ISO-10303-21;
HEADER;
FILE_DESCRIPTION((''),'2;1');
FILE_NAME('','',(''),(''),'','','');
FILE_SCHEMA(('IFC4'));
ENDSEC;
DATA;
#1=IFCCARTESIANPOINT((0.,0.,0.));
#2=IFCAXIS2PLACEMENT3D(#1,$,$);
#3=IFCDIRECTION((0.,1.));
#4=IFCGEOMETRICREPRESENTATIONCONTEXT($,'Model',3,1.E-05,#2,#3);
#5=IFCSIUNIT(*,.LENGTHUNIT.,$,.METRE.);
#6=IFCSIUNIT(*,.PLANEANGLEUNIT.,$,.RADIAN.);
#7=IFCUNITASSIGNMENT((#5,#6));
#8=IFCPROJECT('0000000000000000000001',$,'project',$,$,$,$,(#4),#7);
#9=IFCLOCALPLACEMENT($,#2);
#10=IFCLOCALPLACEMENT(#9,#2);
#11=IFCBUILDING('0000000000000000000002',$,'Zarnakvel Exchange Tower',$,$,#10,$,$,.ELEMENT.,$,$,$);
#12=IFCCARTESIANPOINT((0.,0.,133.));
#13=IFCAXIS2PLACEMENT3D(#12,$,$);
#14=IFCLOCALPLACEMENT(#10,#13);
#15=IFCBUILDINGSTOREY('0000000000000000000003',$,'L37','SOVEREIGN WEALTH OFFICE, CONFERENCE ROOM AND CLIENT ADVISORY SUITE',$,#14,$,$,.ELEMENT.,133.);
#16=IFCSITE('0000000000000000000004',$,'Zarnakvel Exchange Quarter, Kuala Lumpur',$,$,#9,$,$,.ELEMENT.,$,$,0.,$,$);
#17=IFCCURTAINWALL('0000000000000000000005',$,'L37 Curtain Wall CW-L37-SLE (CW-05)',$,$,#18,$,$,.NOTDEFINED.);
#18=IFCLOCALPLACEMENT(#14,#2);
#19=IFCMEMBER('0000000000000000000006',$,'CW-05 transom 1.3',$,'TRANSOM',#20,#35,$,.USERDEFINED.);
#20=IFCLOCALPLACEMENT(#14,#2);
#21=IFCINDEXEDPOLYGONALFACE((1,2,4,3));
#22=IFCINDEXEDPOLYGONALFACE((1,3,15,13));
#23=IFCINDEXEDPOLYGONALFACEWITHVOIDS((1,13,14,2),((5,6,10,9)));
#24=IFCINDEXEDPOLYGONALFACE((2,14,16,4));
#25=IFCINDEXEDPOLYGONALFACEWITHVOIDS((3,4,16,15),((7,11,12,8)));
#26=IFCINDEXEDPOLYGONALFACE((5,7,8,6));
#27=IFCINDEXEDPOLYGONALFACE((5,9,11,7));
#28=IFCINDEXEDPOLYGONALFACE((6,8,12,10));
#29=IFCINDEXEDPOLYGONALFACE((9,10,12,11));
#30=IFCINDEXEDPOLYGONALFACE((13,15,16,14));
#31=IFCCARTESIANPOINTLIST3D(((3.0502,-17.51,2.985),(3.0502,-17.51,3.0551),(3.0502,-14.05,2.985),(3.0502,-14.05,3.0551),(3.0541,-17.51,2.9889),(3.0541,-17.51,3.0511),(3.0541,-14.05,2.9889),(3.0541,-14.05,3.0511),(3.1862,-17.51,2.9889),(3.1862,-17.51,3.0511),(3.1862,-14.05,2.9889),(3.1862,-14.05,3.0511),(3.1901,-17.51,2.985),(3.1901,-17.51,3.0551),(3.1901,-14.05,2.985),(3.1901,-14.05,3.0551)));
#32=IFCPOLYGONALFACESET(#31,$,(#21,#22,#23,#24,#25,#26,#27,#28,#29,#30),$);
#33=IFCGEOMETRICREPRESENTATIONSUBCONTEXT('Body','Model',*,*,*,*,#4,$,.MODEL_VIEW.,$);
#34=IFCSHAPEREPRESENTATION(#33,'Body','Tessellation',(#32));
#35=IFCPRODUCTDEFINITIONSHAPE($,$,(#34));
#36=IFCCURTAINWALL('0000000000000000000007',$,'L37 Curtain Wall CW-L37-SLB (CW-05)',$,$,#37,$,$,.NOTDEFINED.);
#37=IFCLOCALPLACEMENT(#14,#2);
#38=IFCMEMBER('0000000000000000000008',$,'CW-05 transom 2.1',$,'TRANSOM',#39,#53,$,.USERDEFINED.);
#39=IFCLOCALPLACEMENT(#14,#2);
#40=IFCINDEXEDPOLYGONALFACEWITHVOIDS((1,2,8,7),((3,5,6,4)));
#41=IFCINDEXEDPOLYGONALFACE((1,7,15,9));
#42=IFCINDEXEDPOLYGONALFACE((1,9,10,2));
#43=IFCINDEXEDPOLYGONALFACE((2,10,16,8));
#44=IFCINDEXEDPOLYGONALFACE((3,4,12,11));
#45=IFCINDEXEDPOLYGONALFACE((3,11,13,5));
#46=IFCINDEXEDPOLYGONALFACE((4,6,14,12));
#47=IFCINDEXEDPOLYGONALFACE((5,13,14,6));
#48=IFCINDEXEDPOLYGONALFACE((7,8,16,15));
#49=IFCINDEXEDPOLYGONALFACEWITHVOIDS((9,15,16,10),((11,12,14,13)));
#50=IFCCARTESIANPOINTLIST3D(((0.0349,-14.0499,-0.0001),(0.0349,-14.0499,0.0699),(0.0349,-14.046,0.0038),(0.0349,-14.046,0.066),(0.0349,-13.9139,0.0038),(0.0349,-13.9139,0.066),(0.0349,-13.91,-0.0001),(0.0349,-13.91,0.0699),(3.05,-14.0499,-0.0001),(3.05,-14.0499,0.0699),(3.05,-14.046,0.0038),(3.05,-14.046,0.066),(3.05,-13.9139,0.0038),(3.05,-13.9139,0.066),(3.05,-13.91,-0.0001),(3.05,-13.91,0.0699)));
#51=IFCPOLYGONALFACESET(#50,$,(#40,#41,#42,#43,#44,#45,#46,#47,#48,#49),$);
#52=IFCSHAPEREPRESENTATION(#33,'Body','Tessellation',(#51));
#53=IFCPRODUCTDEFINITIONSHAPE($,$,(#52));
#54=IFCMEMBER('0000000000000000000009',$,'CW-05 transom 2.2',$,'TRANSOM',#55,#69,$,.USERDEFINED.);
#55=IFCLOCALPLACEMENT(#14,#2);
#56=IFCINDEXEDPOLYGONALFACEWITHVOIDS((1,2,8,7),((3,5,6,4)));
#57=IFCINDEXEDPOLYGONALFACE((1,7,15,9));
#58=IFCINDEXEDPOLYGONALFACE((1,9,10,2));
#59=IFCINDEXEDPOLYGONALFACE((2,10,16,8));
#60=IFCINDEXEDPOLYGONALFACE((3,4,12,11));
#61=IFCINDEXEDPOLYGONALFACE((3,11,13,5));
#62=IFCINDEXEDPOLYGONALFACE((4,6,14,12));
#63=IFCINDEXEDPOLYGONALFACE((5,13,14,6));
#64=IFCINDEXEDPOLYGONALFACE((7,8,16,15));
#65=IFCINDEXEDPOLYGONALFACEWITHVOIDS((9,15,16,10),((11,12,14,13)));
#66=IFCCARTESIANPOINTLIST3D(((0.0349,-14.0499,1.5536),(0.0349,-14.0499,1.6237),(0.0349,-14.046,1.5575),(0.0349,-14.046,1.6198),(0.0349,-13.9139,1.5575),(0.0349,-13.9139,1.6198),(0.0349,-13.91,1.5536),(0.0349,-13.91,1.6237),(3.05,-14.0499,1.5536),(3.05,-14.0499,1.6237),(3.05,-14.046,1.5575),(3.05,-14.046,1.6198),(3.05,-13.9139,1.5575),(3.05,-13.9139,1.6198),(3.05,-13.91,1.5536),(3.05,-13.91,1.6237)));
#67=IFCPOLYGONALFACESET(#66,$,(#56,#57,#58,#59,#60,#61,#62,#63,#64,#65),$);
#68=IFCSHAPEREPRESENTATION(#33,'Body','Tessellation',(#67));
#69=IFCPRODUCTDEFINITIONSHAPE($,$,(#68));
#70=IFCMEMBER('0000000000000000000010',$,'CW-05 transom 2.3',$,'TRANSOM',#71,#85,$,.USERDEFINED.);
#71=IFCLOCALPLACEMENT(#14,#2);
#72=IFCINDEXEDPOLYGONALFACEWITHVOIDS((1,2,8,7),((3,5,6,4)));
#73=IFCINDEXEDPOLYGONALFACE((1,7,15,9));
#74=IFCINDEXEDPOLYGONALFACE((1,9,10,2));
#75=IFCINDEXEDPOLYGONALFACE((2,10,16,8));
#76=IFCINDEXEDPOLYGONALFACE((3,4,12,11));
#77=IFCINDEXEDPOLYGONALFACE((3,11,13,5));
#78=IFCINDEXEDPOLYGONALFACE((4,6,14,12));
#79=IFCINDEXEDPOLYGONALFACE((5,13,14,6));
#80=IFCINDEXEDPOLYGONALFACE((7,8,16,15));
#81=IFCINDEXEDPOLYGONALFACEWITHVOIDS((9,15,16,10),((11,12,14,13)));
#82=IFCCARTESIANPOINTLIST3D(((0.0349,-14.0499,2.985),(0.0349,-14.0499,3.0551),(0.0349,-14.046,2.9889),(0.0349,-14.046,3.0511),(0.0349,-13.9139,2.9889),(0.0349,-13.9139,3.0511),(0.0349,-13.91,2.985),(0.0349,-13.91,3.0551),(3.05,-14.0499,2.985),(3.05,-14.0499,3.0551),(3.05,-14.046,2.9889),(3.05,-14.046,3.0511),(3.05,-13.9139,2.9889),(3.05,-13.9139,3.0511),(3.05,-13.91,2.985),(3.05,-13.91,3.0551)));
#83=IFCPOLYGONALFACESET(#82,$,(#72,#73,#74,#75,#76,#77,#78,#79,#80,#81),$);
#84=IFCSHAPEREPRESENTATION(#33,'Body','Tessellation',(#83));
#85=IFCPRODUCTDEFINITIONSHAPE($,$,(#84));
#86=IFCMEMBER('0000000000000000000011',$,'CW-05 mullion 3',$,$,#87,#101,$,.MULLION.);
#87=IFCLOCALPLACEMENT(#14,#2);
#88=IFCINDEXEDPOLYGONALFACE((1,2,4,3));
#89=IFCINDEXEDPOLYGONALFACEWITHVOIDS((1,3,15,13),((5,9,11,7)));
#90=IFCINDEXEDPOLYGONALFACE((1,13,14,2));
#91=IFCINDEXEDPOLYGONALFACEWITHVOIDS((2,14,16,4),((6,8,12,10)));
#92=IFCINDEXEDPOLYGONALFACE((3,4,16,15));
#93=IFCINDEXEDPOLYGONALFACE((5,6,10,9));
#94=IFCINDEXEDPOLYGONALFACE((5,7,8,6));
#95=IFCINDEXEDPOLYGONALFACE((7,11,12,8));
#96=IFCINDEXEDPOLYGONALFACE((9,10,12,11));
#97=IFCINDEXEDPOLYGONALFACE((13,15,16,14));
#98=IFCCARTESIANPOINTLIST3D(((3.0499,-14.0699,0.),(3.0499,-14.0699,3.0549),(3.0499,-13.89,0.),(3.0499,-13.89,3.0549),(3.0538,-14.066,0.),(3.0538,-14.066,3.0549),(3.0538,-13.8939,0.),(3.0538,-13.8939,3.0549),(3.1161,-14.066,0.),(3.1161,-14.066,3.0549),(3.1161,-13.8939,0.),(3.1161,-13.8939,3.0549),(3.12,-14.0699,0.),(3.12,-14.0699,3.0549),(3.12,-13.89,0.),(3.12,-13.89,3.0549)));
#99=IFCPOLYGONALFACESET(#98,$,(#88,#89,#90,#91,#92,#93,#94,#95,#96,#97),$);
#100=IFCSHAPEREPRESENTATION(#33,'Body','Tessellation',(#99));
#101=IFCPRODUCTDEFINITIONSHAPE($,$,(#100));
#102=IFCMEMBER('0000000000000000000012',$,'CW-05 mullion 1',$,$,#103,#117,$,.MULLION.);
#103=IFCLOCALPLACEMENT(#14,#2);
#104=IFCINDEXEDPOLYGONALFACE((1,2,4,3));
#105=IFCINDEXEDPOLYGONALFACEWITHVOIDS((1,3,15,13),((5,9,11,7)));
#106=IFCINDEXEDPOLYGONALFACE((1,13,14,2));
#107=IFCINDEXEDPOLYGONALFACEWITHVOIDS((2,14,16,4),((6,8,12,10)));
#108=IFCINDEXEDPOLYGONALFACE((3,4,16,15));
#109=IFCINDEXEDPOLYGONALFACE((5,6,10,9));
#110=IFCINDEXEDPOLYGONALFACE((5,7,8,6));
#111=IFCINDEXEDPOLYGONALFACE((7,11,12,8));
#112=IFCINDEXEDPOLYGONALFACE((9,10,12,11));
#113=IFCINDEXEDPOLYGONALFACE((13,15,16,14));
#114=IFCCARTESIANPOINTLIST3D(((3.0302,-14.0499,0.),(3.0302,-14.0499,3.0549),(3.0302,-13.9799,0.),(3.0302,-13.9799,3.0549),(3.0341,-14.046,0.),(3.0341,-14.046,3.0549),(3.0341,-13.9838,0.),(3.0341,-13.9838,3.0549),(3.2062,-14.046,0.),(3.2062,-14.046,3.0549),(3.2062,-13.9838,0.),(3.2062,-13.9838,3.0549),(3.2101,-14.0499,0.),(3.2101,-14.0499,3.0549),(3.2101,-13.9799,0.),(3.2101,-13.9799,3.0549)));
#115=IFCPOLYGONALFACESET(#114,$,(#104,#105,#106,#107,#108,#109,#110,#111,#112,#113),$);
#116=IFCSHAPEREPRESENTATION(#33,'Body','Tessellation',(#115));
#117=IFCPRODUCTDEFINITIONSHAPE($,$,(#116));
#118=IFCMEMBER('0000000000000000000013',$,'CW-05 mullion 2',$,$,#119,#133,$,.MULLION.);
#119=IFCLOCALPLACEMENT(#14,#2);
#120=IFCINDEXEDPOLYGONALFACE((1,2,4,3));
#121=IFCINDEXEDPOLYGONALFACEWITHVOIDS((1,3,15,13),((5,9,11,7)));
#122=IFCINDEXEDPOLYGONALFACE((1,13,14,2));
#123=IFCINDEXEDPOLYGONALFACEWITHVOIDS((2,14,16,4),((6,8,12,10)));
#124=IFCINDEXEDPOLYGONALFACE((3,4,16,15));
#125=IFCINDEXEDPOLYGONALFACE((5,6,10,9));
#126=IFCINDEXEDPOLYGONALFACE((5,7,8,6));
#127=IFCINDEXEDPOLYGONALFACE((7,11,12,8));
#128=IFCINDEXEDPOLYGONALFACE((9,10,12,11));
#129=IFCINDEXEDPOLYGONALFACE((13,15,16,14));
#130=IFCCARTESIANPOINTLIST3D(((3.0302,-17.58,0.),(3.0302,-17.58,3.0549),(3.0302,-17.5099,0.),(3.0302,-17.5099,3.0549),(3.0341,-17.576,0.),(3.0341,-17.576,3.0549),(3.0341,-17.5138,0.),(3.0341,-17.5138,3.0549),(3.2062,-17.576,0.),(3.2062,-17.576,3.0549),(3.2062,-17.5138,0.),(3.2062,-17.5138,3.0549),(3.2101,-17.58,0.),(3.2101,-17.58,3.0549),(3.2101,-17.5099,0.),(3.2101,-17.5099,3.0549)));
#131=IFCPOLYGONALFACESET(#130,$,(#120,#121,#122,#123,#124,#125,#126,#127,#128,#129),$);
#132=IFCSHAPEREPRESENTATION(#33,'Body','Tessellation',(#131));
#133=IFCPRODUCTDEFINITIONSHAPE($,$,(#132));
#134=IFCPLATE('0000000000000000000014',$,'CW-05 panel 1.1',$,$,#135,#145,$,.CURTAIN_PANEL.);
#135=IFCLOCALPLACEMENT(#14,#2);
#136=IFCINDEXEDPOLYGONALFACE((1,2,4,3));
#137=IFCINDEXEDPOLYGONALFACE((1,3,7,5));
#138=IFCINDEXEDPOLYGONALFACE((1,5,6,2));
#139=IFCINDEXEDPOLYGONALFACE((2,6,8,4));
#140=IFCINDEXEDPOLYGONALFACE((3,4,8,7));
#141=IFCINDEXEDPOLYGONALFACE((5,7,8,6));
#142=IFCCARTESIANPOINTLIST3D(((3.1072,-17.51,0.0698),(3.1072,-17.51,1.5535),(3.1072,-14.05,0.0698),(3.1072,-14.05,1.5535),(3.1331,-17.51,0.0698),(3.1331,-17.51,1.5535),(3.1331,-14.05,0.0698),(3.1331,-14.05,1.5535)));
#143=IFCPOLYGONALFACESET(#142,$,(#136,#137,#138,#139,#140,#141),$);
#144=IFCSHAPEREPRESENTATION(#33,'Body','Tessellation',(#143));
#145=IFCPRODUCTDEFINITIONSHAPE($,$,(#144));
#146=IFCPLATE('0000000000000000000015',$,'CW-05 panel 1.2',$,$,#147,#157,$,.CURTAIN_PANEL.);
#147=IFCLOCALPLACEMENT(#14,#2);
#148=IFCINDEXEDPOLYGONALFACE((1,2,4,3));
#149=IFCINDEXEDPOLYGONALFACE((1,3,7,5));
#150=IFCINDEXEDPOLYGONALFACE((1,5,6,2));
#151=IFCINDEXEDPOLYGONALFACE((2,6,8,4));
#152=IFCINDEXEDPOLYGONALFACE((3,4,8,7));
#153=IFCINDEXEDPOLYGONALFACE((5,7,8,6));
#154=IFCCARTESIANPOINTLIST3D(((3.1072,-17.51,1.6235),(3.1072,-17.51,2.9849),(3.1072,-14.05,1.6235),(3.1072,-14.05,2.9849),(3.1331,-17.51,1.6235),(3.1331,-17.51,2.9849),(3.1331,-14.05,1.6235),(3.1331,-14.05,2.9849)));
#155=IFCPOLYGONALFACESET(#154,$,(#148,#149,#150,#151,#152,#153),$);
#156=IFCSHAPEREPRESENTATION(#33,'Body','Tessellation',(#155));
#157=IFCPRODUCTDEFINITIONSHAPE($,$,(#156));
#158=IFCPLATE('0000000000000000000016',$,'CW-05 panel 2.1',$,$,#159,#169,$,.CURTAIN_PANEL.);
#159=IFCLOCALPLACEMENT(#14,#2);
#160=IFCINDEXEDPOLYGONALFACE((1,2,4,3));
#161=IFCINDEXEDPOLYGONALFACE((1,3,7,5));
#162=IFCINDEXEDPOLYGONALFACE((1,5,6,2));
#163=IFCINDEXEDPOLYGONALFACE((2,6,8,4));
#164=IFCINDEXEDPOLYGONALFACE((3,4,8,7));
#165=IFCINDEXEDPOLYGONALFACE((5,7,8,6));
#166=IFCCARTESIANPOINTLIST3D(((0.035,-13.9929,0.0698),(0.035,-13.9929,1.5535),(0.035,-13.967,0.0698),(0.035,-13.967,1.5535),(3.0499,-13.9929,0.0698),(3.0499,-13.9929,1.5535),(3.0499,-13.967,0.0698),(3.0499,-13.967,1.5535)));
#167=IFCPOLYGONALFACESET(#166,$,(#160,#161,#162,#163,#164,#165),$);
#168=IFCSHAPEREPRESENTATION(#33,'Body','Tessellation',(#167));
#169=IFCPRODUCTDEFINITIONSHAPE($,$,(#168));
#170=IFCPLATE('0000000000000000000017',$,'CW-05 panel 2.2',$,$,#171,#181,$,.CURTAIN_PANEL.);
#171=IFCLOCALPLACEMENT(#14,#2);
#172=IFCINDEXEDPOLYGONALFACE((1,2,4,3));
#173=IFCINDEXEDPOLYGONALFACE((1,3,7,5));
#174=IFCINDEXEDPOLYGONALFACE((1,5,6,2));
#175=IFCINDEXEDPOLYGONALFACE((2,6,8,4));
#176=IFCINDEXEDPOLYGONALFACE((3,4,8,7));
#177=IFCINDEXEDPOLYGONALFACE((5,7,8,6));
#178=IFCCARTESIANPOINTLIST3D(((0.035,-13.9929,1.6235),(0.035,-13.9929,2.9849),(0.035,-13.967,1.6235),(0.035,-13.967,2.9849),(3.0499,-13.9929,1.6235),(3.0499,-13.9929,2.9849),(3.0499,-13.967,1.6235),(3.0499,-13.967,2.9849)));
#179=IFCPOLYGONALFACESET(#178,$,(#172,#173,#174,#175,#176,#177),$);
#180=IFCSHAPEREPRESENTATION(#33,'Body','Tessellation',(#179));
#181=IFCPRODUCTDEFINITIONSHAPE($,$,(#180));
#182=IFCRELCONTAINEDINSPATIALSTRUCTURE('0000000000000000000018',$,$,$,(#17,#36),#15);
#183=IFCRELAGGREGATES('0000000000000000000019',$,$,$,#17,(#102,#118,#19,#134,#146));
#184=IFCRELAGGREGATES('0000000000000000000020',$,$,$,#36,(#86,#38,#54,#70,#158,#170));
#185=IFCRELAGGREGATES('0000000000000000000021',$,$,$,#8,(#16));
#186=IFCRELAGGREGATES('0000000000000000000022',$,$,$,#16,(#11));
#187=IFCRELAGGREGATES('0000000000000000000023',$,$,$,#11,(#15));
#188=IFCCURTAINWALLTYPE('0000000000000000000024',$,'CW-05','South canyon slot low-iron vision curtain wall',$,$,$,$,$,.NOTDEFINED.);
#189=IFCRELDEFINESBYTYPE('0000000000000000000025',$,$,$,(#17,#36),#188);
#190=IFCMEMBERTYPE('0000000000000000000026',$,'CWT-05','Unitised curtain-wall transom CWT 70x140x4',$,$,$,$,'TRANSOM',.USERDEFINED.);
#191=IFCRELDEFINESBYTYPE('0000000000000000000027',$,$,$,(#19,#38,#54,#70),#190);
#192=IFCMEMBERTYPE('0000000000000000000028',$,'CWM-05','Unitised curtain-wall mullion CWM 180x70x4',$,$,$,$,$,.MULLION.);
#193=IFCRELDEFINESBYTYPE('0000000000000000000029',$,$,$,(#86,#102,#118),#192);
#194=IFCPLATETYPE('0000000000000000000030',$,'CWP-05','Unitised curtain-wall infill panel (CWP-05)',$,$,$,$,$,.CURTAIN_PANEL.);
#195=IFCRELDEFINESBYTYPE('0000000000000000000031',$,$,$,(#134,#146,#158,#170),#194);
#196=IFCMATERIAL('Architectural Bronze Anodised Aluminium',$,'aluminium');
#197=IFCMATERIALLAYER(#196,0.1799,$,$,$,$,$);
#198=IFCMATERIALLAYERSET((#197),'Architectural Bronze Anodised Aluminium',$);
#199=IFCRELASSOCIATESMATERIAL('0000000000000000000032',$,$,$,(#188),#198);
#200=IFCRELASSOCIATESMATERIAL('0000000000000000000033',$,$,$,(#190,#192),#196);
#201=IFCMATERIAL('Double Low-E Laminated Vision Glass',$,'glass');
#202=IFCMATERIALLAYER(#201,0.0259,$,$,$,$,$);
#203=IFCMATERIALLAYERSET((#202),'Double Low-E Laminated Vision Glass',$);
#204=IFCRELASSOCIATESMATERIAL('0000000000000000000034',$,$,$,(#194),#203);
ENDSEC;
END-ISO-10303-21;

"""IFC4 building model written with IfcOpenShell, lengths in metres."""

from ifc_helpers import new_model, si_unit, direction, frame, origin, origin_2d, place, context, subcontext, project, spatial, rectangle, hollow_rectangle, extrude, source, transform, mapped, material, layer, layer_set, material_profile, profile_set, type_object, element, aggregate, save


model = new_model("IFC4")

# Units and contexts
model_context = context("Model", 3, precision=1e-05, world=origin(), true_north=direction((0.0, 1.0)))
body_context = subcontext(model_context, "Body", "Model", "MODEL_VIEW")
ifc_project = project(units=[si_unit("LENGTHUNIT", "METRE"), si_unit("PLANEANGLEUNIT", "RADIAN")], contexts=[model_context])

# Site, building, storey
site_placement = place(None, origin())
site = spatial("IfcSite", under=ifc_project, at=site_placement, Name="Zarnakvel Exchange Quarter, Kuala Lumpur", CompositionType="ELEMENT", RefElevation=0.0)
building_placement = place(site_placement, origin())
building = spatial("IfcBuilding", under=site, at=building_placement, Name="Zarnakvel Exchange Tower", CompositionType="ELEMENT")
storey_placement = place(building_placement, frame((0.0, 0.0, 133.0)))
storey = spatial("IfcBuildingStorey", under=building, at=storey_placement, Name="L37", Description="SOVEREIGN WEALTH OFFICE, CONFERENCE ROOM AND CLIENT ADVISORY SUITE", CompositionType="ELEMENT", Elevation=133.0)

# Curtain walls, members
ifc_material_1 = material(Name="Architectural Bronze Anodised Aluminium", Category="aluminium")
ifc_layer_1 = layer(ifc_material_1, 0.1799)
ifc_layer_set_1 = layer_set([ifc_layer_1], Name="Architectural Bronze Anodised Aluminium")
curtain_wall_type = type_object("IfcCurtainWallType", Name="CW-05", Description="South canyon slot low-iron vision curtain wall", PredefinedType="NOTDEFINED", material=ifc_layer_set_1)
curtain_wall_1_placement = place(storey_placement, origin())
curtain_wall_1 = element("IfcCurtainWall", 1, at=curtain_wall_1_placement, inside=storey, type_object=curtain_wall_type, Name="L37 Curtain Wall CW-L37-SLE (CW-05)", PredefinedType="NOTDEFINED")
ifc_material_profile_1 = material_profile(ifc_material_1, hollow_rectangle(XDim=0.1399, YDim=0.0701, WallThickness=0.0039, at=origin_2d()))
ifc_profile_set_1 = profile_set([ifc_material_profile_1], Name="Architectural Bronze Anodised Aluminium")
member_type_1 = type_object("IfcMemberType", Name="CWT-05", Description="Unitised curtain-wall transom CWT 70x140x4", ElementType="TRANSOM", PredefinedType="USERDEFINED", material=ifc_profile_set_1)
shared_shape_1 = source(origin(), body_context, "Body", "SweptSolid", [
    extrude(hollow_rectangle(XDim=0.1399, YDim=0.0701, WallThickness=0.0039, at=origin_2d()), origin(), (0.0, 0.0, 1.0), 3.46),
])
member_1_placement = place(storey_placement, frame((3.1201, -14.05, 3.02), z_axis=(0.0, -1.0, 0.0), x_axis=(1.0, 0.0, 0.0)))
member_1 = element("IfcMember", 2, at=member_1_placement, type_object=member_type_1, Name="CW-05 transom 1.3", ObjectType="TRANSOM", PredefinedType="USERDEFINED", context=body_context, shape_type="MappedRepresentation", body=[
    mapped(shared_shape_1, transform((0.0, 0.0, 0.0), x_axis=(1.0, 0.0, 0.0), y_axis=(0.0, 1.0, 0.0), z_axis=(0.0, 0.0, 1.0), scale=1.0)),
])
curtain_wall_2_placement = place(storey_placement, origin())
curtain_wall_2 = element("IfcCurtainWall", 3, at=curtain_wall_2_placement, inside=storey, type_object=curtain_wall_type, Name="L37 Curtain Wall CW-L37-SLB (CW-05)", PredefinedType="NOTDEFINED")
shared_shape_2 = source(origin(), body_context, "Body", "SweptSolid", [
    extrude(hollow_rectangle(XDim=0.1399, YDim=0.0701, WallThickness=0.0039, at=origin_2d()), origin(), (0.0, 0.0, 1.0), 3.0151),
])
member_2_placement = place(storey_placement, frame((0.0349, -13.98, 0.0349), z_axis=(1.0, 0.0, 0.0), x_axis=(0.0, 1.0, 0.0)))
member_2 = element("IfcMember", 4, at=member_2_placement, type_object=member_type_1, Name="CW-05 transom 2.1", ObjectType="TRANSOM", PredefinedType="USERDEFINED", context=body_context, shape_type="MappedRepresentation", body=[
    mapped(shared_shape_2, transform((0.0, 0.0, 0.0), x_axis=(1.0, 0.0, 0.0), y_axis=(0.0, 1.0, 0.0), z_axis=(0.0, 0.0, 1.0), scale=1.0)),
])
member_3_placement = place(storey_placement, frame((0.0349, -13.98, 1.5886), z_axis=(1.0, 0.0, 0.0), x_axis=(0.0, 1.0, 0.0)))
member_3 = element("IfcMember", 5, at=member_3_placement, type_object=member_type_1, Name="CW-05 transom 2.2", ObjectType="TRANSOM", PredefinedType="USERDEFINED", context=body_context, shape_type="MappedRepresentation", body=[
    mapped(shared_shape_2, transform((0.0, 0.0, 0.0), x_axis=(1.0, 0.0, 0.0), y_axis=(0.0, 1.0, 0.0), z_axis=(0.0, 0.0, 1.0), scale=1.0)),
])
member_4_placement = place(storey_placement, frame((0.0349, -13.98, 3.02), z_axis=(1.0, 0.0, 0.0), x_axis=(0.0, 1.0, 0.0)))
member_4 = element("IfcMember", 6, at=member_4_placement, type_object=member_type_1, Name="CW-05 transom 2.3", ObjectType="TRANSOM", PredefinedType="USERDEFINED", context=body_context, shape_type="MappedRepresentation", body=[
    mapped(shared_shape_2, transform((0.0, 0.0, 0.0), x_axis=(1.0, 0.0, 0.0), y_axis=(0.0, 1.0, 0.0), z_axis=(0.0, 0.0, 1.0), scale=1.0)),
])
ifc_material_profile_2 = material_profile(ifc_material_1, hollow_rectangle(XDim=0.1799, YDim=0.0701, WallThickness=0.0039, at=origin_2d()))
ifc_profile_set_2 = profile_set([ifc_material_profile_2], Name="Architectural Bronze Anodised Aluminium")
member_type_2 = type_object("IfcMemberType", Name="CWM-05", Description="Unitised curtain-wall mullion CWM 180x70x4", PredefinedType="MULLION", material=ifc_profile_set_2)
shared_shape_3 = source(origin(), body_context, "Body", "SweptSolid", [
    extrude(hollow_rectangle(XDim=0.1799, YDim=0.0701, WallThickness=0.0039, at=origin_2d()), origin(), (0.0, 0.0, 1.0), 3.0549),
])
member_5_placement = place(storey_placement, frame((3.085, -13.98, 0.0), z_axis=(0.0, 0.0, 1.0), x_axis=(0.0, 1.0, 0.0)))
member_5 = element("IfcMember", 7, at=member_5_placement, type_object=member_type_2, Name="CW-05 mullion 3", PredefinedType="MULLION", context=body_context, shape_type="MappedRepresentation", body=[
    mapped(shared_shape_3, transform((0.0, 0.0, 0.0), x_axis=(1.0, 0.0, 0.0), y_axis=(0.0, 1.0, 0.0), z_axis=(0.0, 0.0, 1.0), scale=1.0)),
])

# Members
member_6_placement = place(storey_placement, frame((3.1201, -14.0149, 0.0), z_axis=(0.0, 0.0, 1.0), x_axis=(1.0, 0.0, 0.0)))
member_6 = element("IfcMember", 8, at=member_6_placement, type_object=member_type_2, Name="CW-05 mullion 1", PredefinedType="MULLION", context=body_context, shape_type="MappedRepresentation", body=[
    mapped(shared_shape_3, transform((0.0, 0.0, 0.0), x_axis=(1.0, 0.0, 0.0), y_axis=(0.0, 1.0, 0.0), z_axis=(0.0, 0.0, 1.0), scale=1.0)),
])
member_7_placement = place(storey_placement, frame((3.1201, -17.5449, 0.0), z_axis=(0.0, 0.0, 1.0), x_axis=(1.0, 0.0, 0.0)))
member_7 = element("IfcMember", 9, at=member_7_placement, type_object=member_type_2, Name="CW-05 mullion 2", PredefinedType="MULLION", context=body_context, shape_type="MappedRepresentation", body=[
    mapped(shared_shape_3, transform((0.0, 0.0, 0.0), x_axis=(1.0, 0.0, 0.0), y_axis=(0.0, 1.0, 0.0), z_axis=(0.0, 0.0, 1.0), scale=1.0)),
])

# Plates
ifc_material_2 = material(Name="Double Low-E Laminated Vision Glass", Category="glass")
ifc_layer_2 = layer(ifc_material_2, 0.0259)
ifc_layer_set_2 = layer_set([ifc_layer_2], Name="Double Low-E Laminated Vision Glass")
plate_type = type_object("IfcPlateType", Name="CWP-05", Description="Unitised curtain-wall infill panel (CWP-05)", PredefinedType="CURTAIN_PANEL", material=ifc_layer_set_2)
shared_shape_4 = source(origin(), body_context, "Body", "SweptSolid", [
    extrude(rectangle(XDim=3.46, YDim=0.0259, at=origin_2d()), origin(), (0.0, 0.0, 1.0), 1.4836),
])
plate_1_placement = place(storey_placement, frame((3.1201, -15.78, 0.0698), z_axis=(0.0, 0.0, 1.0), x_axis=(0.0, -1.0, 0.0)))
plate_1 = element("IfcPlate", 10, at=plate_1_placement, type_object=plate_type, Name="CW-05 panel 1.1", PredefinedType="CURTAIN_PANEL", context=body_context, shape_type="MappedRepresentation", body=[
    mapped(shared_shape_4, transform((0.0, 0.0, 0.0), x_axis=(1.0, 0.0, 0.0), y_axis=(0.0, 1.0, 0.0), z_axis=(0.0, 0.0, 1.0), scale=1.0)),
])
shared_shape_5 = source(origin(), body_context, "Body", "SweptSolid", [
    extrude(rectangle(XDim=3.46, YDim=0.0259, at=origin_2d()), origin(), (0.0, 0.0, 1.0), 1.3613),
])
plate_2_placement = place(storey_placement, frame((3.1201, -15.78, 1.6235), z_axis=(0.0, 0.0, 1.0), x_axis=(0.0, -1.0, 0.0)))
plate_2 = element("IfcPlate", 11, at=plate_2_placement, type_object=plate_type, Name="CW-05 panel 1.2", PredefinedType="CURTAIN_PANEL", context=body_context, shape_type="MappedRepresentation", body=[
    mapped(shared_shape_5, transform((0.0, 0.0, 0.0), x_axis=(1.0, 0.0, 0.0), y_axis=(0.0, 1.0, 0.0), z_axis=(0.0, 0.0, 1.0), scale=1.0)),
])
aggregate(curtain_wall_1, [member_6, member_7, member_1, plate_1, plate_2])
shared_shape_6 = source(origin(), body_context, "Body", "SweptSolid", [
    extrude(rectangle(XDim=3.0149, YDim=0.0259, at=origin_2d()), origin(), (0.0, 0.0, 1.0), 1.4836),
])
plate_3_placement = place(storey_placement, frame((1.5425, -13.98, 0.0698), z_axis=(0.0, 0.0, 1.0), x_axis=(1.0, 0.0, 0.0)))
plate_3 = element("IfcPlate", 12, at=plate_3_placement, type_object=plate_type, Name="CW-05 panel 2.1", PredefinedType="CURTAIN_PANEL", context=body_context, shape_type="MappedRepresentation", body=[
    mapped(shared_shape_6, transform((0.0, 0.0, 0.0), x_axis=(1.0, 0.0, 0.0), y_axis=(0.0, 1.0, 0.0), z_axis=(0.0, 0.0, 1.0), scale=1.0)),
])
shared_shape_7 = source(origin(), body_context, "Body", "SweptSolid", [
    extrude(rectangle(XDim=3.0149, YDim=0.0259, at=origin_2d()), origin(), (0.0, 0.0, 1.0), 1.3613),
])
plate_4_placement = place(storey_placement, frame((1.5425, -13.98, 1.6235), z_axis=(0.0, 0.0, 1.0), x_axis=(1.0, 0.0, 0.0)))
plate_4 = element("IfcPlate", 13, at=plate_4_placement, type_object=plate_type, Name="CW-05 panel 2.2", PredefinedType="CURTAIN_PANEL", context=body_context, shape_type="MappedRepresentation", body=[
    mapped(shared_shape_7, transform((0.0, 0.0, 0.0), x_axis=(1.0, 0.0, 0.0), y_axis=(0.0, 1.0, 0.0), z_axis=(0.0, 0.0, 1.0), scale=1.0)),
])
aggregate(curtain_wall_2, [member_5, member_2, member_3, member_4, plate_3, plate_4])

save(model, "model.ifc")
